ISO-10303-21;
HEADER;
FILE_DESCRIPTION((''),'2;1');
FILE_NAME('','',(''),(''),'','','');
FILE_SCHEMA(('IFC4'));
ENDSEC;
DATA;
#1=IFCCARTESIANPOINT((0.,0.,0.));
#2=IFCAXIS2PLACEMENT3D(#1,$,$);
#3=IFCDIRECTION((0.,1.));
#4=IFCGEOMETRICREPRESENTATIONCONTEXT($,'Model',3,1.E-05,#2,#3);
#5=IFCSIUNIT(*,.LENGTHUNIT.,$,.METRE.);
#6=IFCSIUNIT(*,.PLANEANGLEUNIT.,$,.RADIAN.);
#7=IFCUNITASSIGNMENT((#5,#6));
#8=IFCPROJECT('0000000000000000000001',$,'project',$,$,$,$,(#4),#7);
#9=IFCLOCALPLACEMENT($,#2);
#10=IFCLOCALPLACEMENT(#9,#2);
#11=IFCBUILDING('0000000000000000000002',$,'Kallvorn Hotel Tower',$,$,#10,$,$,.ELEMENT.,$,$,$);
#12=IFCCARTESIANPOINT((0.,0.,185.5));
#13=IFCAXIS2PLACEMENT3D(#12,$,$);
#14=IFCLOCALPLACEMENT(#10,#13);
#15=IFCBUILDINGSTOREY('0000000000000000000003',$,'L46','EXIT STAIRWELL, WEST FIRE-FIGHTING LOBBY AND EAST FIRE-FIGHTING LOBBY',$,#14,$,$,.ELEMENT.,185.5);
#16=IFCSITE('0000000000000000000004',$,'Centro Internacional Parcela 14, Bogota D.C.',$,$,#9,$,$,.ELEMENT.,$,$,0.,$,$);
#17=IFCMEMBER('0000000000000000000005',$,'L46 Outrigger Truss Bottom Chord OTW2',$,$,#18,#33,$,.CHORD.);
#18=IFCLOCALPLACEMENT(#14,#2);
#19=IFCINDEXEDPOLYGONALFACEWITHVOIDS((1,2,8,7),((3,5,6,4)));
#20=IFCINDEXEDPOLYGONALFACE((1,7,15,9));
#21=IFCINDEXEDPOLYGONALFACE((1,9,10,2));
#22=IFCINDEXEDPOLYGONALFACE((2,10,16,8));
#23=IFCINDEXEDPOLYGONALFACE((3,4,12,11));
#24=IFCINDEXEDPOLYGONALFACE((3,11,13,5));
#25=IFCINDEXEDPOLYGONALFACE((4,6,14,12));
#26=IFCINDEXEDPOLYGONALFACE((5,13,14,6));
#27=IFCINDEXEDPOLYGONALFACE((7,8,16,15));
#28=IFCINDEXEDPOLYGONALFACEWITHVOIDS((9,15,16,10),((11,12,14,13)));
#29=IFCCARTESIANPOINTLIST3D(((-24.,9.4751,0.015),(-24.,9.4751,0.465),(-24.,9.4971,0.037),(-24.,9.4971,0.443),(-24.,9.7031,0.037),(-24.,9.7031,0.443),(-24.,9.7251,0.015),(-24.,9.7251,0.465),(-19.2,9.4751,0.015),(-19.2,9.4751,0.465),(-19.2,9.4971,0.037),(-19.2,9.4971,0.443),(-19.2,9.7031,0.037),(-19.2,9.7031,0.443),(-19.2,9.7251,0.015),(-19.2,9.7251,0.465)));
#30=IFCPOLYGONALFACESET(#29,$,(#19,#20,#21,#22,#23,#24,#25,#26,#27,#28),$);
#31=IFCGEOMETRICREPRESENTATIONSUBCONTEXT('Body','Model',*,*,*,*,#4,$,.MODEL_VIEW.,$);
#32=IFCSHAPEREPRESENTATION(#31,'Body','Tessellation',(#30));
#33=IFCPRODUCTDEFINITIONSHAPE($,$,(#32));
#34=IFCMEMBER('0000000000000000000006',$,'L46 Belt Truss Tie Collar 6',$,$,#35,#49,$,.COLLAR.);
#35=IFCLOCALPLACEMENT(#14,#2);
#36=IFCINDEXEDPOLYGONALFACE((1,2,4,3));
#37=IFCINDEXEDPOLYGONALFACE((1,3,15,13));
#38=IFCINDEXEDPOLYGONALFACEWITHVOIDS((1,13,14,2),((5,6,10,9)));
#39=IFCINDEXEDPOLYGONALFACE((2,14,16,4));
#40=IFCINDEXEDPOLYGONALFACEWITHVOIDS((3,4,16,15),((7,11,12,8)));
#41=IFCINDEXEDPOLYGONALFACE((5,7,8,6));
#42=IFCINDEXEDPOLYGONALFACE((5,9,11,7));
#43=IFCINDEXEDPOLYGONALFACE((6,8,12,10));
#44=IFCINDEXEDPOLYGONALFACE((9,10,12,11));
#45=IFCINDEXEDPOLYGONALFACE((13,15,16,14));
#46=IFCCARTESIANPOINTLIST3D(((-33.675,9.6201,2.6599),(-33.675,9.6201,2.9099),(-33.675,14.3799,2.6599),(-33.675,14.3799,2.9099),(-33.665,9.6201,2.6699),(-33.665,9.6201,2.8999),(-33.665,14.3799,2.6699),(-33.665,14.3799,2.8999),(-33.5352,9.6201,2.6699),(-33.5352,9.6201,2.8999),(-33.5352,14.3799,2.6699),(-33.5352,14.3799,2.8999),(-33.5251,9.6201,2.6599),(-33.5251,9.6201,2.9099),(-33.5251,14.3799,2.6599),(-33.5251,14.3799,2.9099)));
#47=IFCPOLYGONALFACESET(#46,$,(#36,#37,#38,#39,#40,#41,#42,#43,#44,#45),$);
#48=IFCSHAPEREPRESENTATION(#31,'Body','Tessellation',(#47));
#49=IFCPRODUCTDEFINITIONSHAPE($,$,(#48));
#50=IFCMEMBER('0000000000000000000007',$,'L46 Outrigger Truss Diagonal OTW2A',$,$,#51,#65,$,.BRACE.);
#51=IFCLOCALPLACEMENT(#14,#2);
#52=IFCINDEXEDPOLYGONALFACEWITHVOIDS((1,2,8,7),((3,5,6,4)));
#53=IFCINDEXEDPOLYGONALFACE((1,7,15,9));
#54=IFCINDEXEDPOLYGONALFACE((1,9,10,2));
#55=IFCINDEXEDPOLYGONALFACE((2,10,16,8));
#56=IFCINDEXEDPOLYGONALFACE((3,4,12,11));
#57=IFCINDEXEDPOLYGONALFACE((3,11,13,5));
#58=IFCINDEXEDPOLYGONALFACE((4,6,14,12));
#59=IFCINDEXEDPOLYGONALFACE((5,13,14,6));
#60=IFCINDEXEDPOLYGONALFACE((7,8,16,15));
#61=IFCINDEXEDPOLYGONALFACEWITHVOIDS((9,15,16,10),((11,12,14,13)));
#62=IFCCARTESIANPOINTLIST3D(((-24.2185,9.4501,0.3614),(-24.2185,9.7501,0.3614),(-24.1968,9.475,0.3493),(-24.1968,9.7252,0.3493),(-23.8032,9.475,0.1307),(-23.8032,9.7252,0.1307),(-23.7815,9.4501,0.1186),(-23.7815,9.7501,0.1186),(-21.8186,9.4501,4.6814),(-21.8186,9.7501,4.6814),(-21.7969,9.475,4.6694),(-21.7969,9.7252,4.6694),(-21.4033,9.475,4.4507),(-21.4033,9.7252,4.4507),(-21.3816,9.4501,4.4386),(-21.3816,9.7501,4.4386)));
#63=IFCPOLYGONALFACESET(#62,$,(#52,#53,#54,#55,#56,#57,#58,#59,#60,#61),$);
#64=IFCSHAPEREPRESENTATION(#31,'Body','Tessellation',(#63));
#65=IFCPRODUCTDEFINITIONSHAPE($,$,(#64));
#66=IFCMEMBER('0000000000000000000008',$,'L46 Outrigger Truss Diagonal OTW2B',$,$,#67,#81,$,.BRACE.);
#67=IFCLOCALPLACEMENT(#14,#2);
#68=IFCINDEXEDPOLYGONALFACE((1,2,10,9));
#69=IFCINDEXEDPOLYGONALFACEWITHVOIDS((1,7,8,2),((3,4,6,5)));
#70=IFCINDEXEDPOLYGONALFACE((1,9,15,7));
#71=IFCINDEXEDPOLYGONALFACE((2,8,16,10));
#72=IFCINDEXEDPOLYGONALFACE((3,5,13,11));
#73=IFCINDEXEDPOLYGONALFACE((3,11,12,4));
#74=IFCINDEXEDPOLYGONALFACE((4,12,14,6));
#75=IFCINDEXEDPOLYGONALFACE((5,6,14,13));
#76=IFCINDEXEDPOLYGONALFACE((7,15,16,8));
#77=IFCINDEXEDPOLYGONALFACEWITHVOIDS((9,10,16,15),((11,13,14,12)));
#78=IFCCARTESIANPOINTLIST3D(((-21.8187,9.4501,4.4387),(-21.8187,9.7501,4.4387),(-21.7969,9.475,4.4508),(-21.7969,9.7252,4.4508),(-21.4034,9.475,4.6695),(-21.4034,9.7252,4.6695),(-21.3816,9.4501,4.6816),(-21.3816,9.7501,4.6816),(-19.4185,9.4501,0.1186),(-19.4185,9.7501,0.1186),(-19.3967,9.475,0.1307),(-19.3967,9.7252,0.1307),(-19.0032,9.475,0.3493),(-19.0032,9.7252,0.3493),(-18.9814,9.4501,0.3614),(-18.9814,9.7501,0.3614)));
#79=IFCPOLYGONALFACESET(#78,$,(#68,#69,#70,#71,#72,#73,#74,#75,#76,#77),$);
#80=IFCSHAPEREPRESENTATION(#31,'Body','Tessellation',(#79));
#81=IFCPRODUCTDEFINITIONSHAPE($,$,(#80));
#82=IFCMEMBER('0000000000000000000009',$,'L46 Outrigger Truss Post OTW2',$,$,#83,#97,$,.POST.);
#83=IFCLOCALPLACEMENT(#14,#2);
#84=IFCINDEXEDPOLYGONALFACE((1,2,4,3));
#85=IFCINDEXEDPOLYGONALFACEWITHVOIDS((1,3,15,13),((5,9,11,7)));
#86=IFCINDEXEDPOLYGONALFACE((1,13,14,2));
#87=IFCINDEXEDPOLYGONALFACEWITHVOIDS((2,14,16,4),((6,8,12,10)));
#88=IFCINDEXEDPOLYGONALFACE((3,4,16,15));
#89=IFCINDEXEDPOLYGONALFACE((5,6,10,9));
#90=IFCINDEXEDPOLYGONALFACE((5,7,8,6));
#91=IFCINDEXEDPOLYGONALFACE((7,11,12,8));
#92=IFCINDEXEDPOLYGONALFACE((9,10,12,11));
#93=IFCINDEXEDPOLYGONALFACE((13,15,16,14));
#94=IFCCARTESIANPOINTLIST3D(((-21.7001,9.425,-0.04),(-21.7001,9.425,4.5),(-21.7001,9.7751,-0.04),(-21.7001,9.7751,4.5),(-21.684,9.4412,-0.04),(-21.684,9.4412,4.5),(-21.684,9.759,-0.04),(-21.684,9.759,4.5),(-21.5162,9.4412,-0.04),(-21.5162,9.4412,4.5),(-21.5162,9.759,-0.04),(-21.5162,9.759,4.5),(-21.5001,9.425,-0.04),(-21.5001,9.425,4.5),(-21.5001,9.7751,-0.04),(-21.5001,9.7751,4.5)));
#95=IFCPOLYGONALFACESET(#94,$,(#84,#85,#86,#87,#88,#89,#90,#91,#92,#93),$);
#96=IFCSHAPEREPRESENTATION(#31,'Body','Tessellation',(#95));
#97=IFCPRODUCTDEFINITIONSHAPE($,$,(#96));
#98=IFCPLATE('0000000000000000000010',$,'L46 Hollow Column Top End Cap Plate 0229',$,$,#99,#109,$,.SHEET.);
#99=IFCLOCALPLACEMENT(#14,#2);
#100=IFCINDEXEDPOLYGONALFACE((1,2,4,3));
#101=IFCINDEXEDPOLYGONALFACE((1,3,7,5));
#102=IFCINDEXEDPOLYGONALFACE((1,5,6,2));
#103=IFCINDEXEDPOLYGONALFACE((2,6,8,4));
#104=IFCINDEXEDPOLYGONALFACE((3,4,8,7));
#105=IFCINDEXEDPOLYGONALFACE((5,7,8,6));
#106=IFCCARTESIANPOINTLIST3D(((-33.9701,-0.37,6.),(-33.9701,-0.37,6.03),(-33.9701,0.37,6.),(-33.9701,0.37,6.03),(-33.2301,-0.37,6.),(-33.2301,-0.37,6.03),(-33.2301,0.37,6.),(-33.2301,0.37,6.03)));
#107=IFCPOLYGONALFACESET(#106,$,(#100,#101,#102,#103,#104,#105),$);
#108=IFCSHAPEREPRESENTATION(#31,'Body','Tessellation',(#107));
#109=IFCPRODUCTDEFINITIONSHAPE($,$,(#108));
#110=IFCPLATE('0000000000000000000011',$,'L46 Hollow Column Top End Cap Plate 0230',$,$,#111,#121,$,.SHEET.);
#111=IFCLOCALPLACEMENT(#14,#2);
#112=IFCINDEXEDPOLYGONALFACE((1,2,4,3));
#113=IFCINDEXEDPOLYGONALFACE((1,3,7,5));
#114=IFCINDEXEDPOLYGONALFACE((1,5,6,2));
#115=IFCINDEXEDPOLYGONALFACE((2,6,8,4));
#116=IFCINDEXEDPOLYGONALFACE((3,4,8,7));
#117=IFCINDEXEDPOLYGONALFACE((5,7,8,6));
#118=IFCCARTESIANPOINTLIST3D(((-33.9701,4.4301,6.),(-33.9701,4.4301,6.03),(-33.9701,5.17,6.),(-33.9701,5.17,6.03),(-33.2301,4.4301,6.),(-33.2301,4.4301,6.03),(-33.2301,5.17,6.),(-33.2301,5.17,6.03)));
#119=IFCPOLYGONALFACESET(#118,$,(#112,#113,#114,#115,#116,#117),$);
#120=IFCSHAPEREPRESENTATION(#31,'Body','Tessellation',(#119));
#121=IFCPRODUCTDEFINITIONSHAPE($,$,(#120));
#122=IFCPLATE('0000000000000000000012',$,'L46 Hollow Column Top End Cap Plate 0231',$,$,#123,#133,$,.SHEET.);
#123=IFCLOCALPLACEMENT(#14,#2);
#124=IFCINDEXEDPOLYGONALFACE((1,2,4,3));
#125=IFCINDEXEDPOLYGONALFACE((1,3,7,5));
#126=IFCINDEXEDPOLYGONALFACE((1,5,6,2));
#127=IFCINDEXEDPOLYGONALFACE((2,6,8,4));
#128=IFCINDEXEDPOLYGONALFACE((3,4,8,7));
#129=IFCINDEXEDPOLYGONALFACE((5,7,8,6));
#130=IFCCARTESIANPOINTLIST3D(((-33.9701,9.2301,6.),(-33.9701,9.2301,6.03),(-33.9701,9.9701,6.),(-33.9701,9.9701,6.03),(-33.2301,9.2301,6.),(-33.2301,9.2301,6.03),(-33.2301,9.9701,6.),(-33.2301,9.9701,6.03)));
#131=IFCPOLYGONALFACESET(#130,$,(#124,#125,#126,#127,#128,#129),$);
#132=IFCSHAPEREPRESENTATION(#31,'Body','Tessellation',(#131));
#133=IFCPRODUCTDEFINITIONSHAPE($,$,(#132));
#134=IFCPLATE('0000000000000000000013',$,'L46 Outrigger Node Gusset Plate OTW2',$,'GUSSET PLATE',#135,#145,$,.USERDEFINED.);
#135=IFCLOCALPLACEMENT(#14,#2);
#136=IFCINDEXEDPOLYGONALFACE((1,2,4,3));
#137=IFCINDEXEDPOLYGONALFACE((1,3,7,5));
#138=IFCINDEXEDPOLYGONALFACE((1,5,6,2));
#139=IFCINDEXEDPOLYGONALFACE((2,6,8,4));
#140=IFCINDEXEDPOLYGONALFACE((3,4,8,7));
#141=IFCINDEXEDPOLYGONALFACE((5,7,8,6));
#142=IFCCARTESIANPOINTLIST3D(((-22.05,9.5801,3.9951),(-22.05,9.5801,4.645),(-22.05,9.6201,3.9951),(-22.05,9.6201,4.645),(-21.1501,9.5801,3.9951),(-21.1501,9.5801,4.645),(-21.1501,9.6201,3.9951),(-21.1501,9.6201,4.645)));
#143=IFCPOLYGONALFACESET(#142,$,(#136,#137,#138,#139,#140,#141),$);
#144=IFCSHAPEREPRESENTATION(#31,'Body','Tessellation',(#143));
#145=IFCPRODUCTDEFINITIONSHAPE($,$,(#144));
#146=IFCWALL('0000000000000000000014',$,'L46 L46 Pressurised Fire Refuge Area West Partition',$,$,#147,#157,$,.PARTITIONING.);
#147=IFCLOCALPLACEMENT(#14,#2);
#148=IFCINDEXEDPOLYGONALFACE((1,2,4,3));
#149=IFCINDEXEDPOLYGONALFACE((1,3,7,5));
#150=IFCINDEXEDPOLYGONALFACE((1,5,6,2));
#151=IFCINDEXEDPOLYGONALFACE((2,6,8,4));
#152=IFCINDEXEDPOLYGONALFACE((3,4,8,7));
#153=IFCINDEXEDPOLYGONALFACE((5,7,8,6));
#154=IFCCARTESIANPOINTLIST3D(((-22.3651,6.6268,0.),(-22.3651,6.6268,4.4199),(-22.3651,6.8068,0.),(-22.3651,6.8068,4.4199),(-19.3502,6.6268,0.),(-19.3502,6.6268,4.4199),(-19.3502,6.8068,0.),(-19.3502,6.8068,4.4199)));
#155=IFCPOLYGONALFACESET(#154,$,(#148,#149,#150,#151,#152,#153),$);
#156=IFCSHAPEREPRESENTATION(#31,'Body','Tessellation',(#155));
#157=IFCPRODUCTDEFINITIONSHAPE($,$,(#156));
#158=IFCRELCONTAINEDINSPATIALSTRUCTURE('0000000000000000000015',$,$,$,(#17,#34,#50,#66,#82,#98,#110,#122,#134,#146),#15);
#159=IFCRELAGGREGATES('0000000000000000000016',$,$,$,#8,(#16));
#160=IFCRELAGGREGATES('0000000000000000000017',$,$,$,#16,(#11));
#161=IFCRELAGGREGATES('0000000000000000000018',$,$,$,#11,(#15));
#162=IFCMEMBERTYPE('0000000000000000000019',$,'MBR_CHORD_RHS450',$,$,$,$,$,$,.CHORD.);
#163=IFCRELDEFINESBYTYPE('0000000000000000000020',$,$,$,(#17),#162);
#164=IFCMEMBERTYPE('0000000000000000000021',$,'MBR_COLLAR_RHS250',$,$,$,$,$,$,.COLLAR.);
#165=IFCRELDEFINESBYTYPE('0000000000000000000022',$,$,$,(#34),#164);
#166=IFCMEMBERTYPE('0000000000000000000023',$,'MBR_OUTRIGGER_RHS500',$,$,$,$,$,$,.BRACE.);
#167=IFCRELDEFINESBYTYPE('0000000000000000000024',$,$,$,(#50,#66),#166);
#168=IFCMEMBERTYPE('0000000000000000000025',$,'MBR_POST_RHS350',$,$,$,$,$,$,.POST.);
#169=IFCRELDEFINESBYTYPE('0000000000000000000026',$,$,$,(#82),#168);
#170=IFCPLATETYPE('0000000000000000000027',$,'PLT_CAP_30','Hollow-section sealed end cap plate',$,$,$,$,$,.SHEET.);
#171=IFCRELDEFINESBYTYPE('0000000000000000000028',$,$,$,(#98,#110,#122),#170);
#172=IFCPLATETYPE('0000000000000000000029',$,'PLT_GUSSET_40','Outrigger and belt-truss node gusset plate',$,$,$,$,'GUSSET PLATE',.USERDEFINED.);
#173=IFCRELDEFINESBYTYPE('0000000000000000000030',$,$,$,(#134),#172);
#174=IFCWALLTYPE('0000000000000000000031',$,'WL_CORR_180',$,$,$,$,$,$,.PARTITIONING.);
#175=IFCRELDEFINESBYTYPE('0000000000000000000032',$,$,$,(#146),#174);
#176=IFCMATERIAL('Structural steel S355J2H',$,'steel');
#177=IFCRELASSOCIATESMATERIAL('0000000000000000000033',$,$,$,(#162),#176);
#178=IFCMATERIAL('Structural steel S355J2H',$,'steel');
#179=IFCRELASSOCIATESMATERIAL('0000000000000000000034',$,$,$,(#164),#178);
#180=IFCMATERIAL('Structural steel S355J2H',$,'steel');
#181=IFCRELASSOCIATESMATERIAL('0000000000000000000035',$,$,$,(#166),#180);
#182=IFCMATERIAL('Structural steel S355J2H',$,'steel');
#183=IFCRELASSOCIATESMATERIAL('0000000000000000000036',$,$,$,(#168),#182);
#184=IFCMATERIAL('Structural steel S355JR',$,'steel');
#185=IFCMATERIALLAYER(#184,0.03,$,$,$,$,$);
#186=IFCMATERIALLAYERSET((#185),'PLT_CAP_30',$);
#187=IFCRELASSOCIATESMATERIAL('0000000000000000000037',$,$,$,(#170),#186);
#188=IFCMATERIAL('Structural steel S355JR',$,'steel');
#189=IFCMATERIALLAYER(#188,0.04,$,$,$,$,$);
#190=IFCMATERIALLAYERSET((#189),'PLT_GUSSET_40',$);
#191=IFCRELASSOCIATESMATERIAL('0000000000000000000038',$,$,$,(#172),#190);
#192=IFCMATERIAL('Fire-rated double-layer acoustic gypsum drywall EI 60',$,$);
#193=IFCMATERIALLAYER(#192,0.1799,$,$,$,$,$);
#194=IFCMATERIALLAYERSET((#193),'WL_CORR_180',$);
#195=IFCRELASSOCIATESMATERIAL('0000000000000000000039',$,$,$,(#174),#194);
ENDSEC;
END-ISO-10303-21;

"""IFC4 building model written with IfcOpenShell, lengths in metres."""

from ifc_helpers import new_model, si_unit, direction, frame, frame_2d, origin, origin_2d, place, context, subcontext, project, spatial, rectangle, hollow_rectangle, extrude, material, layer, layer_set, material_profile, profile_set, type_object, element, save


model = new_model("IFC4")

# Units and contexts
model_context = context("Model", 3, precision=1e-05, world=origin(), true_north=direction((0.0, 1.0)))
body_context = subcontext(model_context, "Body", "Model", "MODEL_VIEW")
ifc_project = project(units=[si_unit("LENGTHUNIT", "METRE"), si_unit("PLANEANGLEUNIT", "RADIAN")], contexts=[model_context])

# Site, building, storey
site_placement = place(None, origin())
site = spatial("IfcSite", under=ifc_project, at=site_placement, Name="Centro Internacional Parcela 14, Bogota D.C.", CompositionType="ELEMENT", RefElevation=0.0)
building_placement = place(site_placement, origin())
building = spatial("IfcBuilding", under=site, at=building_placement, Name="Kallvorn Hotel Tower", CompositionType="ELEMENT")
storey_placement = place(building_placement, frame((0.0, 0.0, 185.5)))
storey = spatial("IfcBuildingStorey", under=building, at=storey_placement, Name="L46", Description="EXIT STAIRWELL, WEST FIRE-FIGHTING LOBBY AND EAST FIRE-FIGHTING LOBBY", CompositionType="ELEMENT", Elevation=185.5)

# Members
ifc_material_1 = material(Name="Structural steel S355J2H", Category="steel")
ifc_material_profile_1 = material_profile(ifc_material_1, hollow_rectangle(XDim=0.25, YDim=0.45, WallThickness=0.022, at=origin_2d()), Name="RHS 450x250x22")
ifc_profile_set_1 = profile_set([ifc_material_profile_1], Name="Structural steel S355J2H")
member_type_1 = type_object("IfcMemberType", Name="MBR_CHORD_RHS450", PredefinedType="CHORD", material=ifc_profile_set_1)
member_1_placement = place(storey_placement, frame((-24.0, 9.6001, 0.24), z_axis=(1.0, 0.0, 0.0), x_axis=(0.0, 1.0, 0.0)))
element("IfcMember", 1, at=member_1_placement, inside=storey, type_object=member_type_1, Name="L46 Outrigger Truss Bottom Chord OTW2", PredefinedType="CHORD", context=body_context, shape_type="SweptSolid", body=[
    extrude(hollow_rectangle(XDim=0.25, YDim=0.45, WallThickness=0.022, at=origin_2d()), origin(), (0.0, 0.0, 1.0), 4.8),
])
ifc_material_2 = material(Name="Structural steel S355J2H", Category="steel")
ifc_material_profile_2 = material_profile(ifc_material_2, hollow_rectangle(XDim=0.1499, YDim=0.25, WallThickness=0.01, at=origin_2d()), Name="RHS 250x150x10")
ifc_profile_set_2 = profile_set([ifc_material_profile_2], Name="Structural steel S355J2H")
member_type_2 = type_object("IfcMemberType", Name="MBR_COLLAR_RHS250", PredefinedType="COLLAR", material=ifc_profile_set_2)
member_2_placement = place(storey_placement, frame((-33.6001, 9.6201, 2.7849), z_axis=(0.0, 1.0, 0.0), x_axis=(-1.0, 0.0, 0.0)))
element("IfcMember", 2, at=member_2_placement, inside=storey, type_object=member_type_2, Name="L46 Belt Truss Tie Collar 6", PredefinedType="COLLAR", context=body_context, shape_type="SweptSolid", body=[
    extrude(hollow_rectangle(XDim=0.1499, YDim=0.25, WallThickness=0.01, at=origin_2d()), origin(), (0.0, 0.0, 1.0), 4.7598),
])
ifc_material_3 = material(Name="Structural steel S355J2H", Category="steel")
ifc_material_profile_3 = material_profile(ifc_material_3, hollow_rectangle(XDim=0.3, YDim=0.5, WallThickness=0.0249, at=origin_2d()), Name="RHS 500x300x25")
ifc_profile_set_3 = profile_set([ifc_material_profile_3], Name="Structural steel S355J2H")
member_type_3 = type_object("IfcMemberType", Name="MBR_OUTRIGGER_RHS500", PredefinedType="BRACE", material=ifc_profile_set_3)
member_3_placement = place(storey_placement, frame((-24.0, 9.6001, 0.24), z_axis=(0.485622, 0.0, 0.874169), x_axis=(0.0, 1.0, 0.0)))
element("IfcMember", 3, at=member_3_placement, inside=storey, type_object=member_type_3, Name="L46 Outrigger Truss Diagonal OTW2A", PredefinedType="BRACE", context=body_context, shape_type="SweptSolid", body=[
    extrude(hollow_rectangle(XDim=0.3, YDim=0.5, WallThickness=0.0249, at=origin_2d()), origin(), (0.0, 0.0, 1.0), 4.9419),
])
member_4_placement = place(storey_placement, frame((-19.2, 9.6001, 0.24), z_axis=(-0.48566, 0.0, 0.874148), x_axis=(0.0, -1.0, 0.0)))
element("IfcMember", 4, at=member_4_placement, inside=storey, type_object=member_type_3, Name="L46 Outrigger Truss Diagonal OTW2B", PredefinedType="BRACE", context=body_context, shape_type="SweptSolid", body=[
    extrude(hollow_rectangle(XDim=0.3, YDim=0.5, WallThickness=0.0249, at=origin_2d()), origin(), (0.0, 0.0, 1.0), 4.9421),
])
ifc_material_4 = material(Name="Structural steel S355J2H", Category="steel")
ifc_material_profile_4 = material_profile(ifc_material_4, hollow_rectangle(XDim=0.2, YDim=0.3501, WallThickness=0.0161, at=origin_2d()), Name="RHS 350x200x16")
ifc_profile_set_4 = profile_set([ifc_material_profile_4], Name="Structural steel S355J2H")
member_type_4 = type_object("IfcMemberType", Name="MBR_POST_RHS350", PredefinedType="POST", material=ifc_profile_set_4)
member_5_placement = place(storey_placement, frame((-21.6001, 9.6001, -0.04), z_axis=(0.0, 0.0, 1.0), x_axis=(1.0, 0.0, 0.0)))
element("IfcMember", 5, at=member_5_placement, inside=storey, type_object=member_type_4, Name="L46 Outrigger Truss Post OTW2", PredefinedType="POST", context=body_context, shape_type="SweptSolid", body=[
    extrude(hollow_rectangle(XDim=0.2, YDim=0.3501, WallThickness=0.0161, at=origin_2d()), origin(), (0.0, 0.0, 1.0), 4.54),
])

# Plates
ifc_material_5 = material(Name="Structural steel S355JR", Category="steel")
ifc_layer_1 = layer(ifc_material_5, 0.03)
ifc_layer_set_1 = layer_set([ifc_layer_1], Name="PLT_CAP_30")
plate_type_1 = type_object("IfcPlateType", Name="PLT_CAP_30", Description="Hollow-section sealed end cap plate", PredefinedType="SHEET", material=ifc_layer_set_1)
for number, where, z_axis, x_axis, name in (
    (6, (-33.6001, 0.0, 6.0), (0.0, 0.0, 1.0), (1.0, 0.0, 0.0), "L46 Hollow Column Top End Cap Plate 0229"),
    (7, (-33.6001, 4.8, 6.0), (0.0, 0.0, 1.0), (1.0, 0.0, 0.0), "L46 Hollow Column Top End Cap Plate 0230"),
    (8, (-33.6001, 9.6001, 6.0), (0.0, 0.0, 1.0), (1.0, 0.0, 0.0), "L46 Hollow Column Top End Cap Plate 0231"),
):
    element("IfcPlate", number, at=place(storey_placement, frame(where, z_axis=z_axis, x_axis=x_axis)), inside=storey, type_object=plate_type_1, Name=name, PredefinedType="SHEET", context=body_context, shape_type="SweptSolid", body=[
        extrude(rectangle(XDim=0.74, YDim=0.74, at=origin_2d()), origin(), (0.0, 0.0, 1.0), 0.03),
    ])
ifc_material_6 = material(Name="Structural steel S355JR", Category="steel")
ifc_layer_2 = layer(ifc_material_6, 0.04)
ifc_layer_set_2 = layer_set([ifc_layer_2], Name="PLT_GUSSET_40")
plate_type_2 = type_object("IfcPlateType", Name="PLT_GUSSET_40", Description="Outrigger and belt-truss node gusset plate", ElementType="GUSSET PLATE", PredefinedType="USERDEFINED", material=ifc_layer_set_2)
plate_placement = place(storey_placement, frame((-21.6001, 9.6001, 3.9951), z_axis=(0.0, 0.0, 1.0), x_axis=(1.0, 0.0, 0.0)))
element("IfcPlate", 9, at=plate_placement, inside=storey, type_object=plate_type_2, Name="L46 Outrigger Node Gusset Plate OTW2", ObjectType="GUSSET PLATE", PredefinedType="USERDEFINED", context=body_context, shape_type="SweptSolid", body=[
    extrude(rectangle(XDim=0.8999, YDim=0.04, at=origin_2d()), origin(), (0.0, 0.0, 1.0), 0.6499),
])

# Wall
ifc_material_7 = material(Name="Fire-rated double-layer acoustic gypsum drywall EI 60")
ifc_layer_3 = layer(ifc_material_7, 0.1799)
ifc_layer_set_3 = layer_set([ifc_layer_3], Name="WL_CORR_180")
wall_type = type_object("IfcWallType", Name="WL_CORR_180", PredefinedType="PARTITIONING", material=ifc_layer_set_3)
wall_placement = place(storey_placement, frame((-22.365, 6.7168, 0.0), z_axis=(0.0, 0.0, 1.0), x_axis=(1.0, 0.0, 0.0)))
element("IfcWall", 10, at=wall_placement, inside=storey, type_object=wall_type, Name="L46 L46 Pressurised Fire Refuge Area West Partition", PredefinedType="PARTITIONING", context=body_context, shape_type="SweptSolid", body=[
    extrude(rectangle(XDim=3.0149, YDim=0.1799, at=frame_2d((1.5073, 0.0))), origin(), (0.0, 0.0, 1.0), 4.4199),
])

save(model, "model.ifc")
